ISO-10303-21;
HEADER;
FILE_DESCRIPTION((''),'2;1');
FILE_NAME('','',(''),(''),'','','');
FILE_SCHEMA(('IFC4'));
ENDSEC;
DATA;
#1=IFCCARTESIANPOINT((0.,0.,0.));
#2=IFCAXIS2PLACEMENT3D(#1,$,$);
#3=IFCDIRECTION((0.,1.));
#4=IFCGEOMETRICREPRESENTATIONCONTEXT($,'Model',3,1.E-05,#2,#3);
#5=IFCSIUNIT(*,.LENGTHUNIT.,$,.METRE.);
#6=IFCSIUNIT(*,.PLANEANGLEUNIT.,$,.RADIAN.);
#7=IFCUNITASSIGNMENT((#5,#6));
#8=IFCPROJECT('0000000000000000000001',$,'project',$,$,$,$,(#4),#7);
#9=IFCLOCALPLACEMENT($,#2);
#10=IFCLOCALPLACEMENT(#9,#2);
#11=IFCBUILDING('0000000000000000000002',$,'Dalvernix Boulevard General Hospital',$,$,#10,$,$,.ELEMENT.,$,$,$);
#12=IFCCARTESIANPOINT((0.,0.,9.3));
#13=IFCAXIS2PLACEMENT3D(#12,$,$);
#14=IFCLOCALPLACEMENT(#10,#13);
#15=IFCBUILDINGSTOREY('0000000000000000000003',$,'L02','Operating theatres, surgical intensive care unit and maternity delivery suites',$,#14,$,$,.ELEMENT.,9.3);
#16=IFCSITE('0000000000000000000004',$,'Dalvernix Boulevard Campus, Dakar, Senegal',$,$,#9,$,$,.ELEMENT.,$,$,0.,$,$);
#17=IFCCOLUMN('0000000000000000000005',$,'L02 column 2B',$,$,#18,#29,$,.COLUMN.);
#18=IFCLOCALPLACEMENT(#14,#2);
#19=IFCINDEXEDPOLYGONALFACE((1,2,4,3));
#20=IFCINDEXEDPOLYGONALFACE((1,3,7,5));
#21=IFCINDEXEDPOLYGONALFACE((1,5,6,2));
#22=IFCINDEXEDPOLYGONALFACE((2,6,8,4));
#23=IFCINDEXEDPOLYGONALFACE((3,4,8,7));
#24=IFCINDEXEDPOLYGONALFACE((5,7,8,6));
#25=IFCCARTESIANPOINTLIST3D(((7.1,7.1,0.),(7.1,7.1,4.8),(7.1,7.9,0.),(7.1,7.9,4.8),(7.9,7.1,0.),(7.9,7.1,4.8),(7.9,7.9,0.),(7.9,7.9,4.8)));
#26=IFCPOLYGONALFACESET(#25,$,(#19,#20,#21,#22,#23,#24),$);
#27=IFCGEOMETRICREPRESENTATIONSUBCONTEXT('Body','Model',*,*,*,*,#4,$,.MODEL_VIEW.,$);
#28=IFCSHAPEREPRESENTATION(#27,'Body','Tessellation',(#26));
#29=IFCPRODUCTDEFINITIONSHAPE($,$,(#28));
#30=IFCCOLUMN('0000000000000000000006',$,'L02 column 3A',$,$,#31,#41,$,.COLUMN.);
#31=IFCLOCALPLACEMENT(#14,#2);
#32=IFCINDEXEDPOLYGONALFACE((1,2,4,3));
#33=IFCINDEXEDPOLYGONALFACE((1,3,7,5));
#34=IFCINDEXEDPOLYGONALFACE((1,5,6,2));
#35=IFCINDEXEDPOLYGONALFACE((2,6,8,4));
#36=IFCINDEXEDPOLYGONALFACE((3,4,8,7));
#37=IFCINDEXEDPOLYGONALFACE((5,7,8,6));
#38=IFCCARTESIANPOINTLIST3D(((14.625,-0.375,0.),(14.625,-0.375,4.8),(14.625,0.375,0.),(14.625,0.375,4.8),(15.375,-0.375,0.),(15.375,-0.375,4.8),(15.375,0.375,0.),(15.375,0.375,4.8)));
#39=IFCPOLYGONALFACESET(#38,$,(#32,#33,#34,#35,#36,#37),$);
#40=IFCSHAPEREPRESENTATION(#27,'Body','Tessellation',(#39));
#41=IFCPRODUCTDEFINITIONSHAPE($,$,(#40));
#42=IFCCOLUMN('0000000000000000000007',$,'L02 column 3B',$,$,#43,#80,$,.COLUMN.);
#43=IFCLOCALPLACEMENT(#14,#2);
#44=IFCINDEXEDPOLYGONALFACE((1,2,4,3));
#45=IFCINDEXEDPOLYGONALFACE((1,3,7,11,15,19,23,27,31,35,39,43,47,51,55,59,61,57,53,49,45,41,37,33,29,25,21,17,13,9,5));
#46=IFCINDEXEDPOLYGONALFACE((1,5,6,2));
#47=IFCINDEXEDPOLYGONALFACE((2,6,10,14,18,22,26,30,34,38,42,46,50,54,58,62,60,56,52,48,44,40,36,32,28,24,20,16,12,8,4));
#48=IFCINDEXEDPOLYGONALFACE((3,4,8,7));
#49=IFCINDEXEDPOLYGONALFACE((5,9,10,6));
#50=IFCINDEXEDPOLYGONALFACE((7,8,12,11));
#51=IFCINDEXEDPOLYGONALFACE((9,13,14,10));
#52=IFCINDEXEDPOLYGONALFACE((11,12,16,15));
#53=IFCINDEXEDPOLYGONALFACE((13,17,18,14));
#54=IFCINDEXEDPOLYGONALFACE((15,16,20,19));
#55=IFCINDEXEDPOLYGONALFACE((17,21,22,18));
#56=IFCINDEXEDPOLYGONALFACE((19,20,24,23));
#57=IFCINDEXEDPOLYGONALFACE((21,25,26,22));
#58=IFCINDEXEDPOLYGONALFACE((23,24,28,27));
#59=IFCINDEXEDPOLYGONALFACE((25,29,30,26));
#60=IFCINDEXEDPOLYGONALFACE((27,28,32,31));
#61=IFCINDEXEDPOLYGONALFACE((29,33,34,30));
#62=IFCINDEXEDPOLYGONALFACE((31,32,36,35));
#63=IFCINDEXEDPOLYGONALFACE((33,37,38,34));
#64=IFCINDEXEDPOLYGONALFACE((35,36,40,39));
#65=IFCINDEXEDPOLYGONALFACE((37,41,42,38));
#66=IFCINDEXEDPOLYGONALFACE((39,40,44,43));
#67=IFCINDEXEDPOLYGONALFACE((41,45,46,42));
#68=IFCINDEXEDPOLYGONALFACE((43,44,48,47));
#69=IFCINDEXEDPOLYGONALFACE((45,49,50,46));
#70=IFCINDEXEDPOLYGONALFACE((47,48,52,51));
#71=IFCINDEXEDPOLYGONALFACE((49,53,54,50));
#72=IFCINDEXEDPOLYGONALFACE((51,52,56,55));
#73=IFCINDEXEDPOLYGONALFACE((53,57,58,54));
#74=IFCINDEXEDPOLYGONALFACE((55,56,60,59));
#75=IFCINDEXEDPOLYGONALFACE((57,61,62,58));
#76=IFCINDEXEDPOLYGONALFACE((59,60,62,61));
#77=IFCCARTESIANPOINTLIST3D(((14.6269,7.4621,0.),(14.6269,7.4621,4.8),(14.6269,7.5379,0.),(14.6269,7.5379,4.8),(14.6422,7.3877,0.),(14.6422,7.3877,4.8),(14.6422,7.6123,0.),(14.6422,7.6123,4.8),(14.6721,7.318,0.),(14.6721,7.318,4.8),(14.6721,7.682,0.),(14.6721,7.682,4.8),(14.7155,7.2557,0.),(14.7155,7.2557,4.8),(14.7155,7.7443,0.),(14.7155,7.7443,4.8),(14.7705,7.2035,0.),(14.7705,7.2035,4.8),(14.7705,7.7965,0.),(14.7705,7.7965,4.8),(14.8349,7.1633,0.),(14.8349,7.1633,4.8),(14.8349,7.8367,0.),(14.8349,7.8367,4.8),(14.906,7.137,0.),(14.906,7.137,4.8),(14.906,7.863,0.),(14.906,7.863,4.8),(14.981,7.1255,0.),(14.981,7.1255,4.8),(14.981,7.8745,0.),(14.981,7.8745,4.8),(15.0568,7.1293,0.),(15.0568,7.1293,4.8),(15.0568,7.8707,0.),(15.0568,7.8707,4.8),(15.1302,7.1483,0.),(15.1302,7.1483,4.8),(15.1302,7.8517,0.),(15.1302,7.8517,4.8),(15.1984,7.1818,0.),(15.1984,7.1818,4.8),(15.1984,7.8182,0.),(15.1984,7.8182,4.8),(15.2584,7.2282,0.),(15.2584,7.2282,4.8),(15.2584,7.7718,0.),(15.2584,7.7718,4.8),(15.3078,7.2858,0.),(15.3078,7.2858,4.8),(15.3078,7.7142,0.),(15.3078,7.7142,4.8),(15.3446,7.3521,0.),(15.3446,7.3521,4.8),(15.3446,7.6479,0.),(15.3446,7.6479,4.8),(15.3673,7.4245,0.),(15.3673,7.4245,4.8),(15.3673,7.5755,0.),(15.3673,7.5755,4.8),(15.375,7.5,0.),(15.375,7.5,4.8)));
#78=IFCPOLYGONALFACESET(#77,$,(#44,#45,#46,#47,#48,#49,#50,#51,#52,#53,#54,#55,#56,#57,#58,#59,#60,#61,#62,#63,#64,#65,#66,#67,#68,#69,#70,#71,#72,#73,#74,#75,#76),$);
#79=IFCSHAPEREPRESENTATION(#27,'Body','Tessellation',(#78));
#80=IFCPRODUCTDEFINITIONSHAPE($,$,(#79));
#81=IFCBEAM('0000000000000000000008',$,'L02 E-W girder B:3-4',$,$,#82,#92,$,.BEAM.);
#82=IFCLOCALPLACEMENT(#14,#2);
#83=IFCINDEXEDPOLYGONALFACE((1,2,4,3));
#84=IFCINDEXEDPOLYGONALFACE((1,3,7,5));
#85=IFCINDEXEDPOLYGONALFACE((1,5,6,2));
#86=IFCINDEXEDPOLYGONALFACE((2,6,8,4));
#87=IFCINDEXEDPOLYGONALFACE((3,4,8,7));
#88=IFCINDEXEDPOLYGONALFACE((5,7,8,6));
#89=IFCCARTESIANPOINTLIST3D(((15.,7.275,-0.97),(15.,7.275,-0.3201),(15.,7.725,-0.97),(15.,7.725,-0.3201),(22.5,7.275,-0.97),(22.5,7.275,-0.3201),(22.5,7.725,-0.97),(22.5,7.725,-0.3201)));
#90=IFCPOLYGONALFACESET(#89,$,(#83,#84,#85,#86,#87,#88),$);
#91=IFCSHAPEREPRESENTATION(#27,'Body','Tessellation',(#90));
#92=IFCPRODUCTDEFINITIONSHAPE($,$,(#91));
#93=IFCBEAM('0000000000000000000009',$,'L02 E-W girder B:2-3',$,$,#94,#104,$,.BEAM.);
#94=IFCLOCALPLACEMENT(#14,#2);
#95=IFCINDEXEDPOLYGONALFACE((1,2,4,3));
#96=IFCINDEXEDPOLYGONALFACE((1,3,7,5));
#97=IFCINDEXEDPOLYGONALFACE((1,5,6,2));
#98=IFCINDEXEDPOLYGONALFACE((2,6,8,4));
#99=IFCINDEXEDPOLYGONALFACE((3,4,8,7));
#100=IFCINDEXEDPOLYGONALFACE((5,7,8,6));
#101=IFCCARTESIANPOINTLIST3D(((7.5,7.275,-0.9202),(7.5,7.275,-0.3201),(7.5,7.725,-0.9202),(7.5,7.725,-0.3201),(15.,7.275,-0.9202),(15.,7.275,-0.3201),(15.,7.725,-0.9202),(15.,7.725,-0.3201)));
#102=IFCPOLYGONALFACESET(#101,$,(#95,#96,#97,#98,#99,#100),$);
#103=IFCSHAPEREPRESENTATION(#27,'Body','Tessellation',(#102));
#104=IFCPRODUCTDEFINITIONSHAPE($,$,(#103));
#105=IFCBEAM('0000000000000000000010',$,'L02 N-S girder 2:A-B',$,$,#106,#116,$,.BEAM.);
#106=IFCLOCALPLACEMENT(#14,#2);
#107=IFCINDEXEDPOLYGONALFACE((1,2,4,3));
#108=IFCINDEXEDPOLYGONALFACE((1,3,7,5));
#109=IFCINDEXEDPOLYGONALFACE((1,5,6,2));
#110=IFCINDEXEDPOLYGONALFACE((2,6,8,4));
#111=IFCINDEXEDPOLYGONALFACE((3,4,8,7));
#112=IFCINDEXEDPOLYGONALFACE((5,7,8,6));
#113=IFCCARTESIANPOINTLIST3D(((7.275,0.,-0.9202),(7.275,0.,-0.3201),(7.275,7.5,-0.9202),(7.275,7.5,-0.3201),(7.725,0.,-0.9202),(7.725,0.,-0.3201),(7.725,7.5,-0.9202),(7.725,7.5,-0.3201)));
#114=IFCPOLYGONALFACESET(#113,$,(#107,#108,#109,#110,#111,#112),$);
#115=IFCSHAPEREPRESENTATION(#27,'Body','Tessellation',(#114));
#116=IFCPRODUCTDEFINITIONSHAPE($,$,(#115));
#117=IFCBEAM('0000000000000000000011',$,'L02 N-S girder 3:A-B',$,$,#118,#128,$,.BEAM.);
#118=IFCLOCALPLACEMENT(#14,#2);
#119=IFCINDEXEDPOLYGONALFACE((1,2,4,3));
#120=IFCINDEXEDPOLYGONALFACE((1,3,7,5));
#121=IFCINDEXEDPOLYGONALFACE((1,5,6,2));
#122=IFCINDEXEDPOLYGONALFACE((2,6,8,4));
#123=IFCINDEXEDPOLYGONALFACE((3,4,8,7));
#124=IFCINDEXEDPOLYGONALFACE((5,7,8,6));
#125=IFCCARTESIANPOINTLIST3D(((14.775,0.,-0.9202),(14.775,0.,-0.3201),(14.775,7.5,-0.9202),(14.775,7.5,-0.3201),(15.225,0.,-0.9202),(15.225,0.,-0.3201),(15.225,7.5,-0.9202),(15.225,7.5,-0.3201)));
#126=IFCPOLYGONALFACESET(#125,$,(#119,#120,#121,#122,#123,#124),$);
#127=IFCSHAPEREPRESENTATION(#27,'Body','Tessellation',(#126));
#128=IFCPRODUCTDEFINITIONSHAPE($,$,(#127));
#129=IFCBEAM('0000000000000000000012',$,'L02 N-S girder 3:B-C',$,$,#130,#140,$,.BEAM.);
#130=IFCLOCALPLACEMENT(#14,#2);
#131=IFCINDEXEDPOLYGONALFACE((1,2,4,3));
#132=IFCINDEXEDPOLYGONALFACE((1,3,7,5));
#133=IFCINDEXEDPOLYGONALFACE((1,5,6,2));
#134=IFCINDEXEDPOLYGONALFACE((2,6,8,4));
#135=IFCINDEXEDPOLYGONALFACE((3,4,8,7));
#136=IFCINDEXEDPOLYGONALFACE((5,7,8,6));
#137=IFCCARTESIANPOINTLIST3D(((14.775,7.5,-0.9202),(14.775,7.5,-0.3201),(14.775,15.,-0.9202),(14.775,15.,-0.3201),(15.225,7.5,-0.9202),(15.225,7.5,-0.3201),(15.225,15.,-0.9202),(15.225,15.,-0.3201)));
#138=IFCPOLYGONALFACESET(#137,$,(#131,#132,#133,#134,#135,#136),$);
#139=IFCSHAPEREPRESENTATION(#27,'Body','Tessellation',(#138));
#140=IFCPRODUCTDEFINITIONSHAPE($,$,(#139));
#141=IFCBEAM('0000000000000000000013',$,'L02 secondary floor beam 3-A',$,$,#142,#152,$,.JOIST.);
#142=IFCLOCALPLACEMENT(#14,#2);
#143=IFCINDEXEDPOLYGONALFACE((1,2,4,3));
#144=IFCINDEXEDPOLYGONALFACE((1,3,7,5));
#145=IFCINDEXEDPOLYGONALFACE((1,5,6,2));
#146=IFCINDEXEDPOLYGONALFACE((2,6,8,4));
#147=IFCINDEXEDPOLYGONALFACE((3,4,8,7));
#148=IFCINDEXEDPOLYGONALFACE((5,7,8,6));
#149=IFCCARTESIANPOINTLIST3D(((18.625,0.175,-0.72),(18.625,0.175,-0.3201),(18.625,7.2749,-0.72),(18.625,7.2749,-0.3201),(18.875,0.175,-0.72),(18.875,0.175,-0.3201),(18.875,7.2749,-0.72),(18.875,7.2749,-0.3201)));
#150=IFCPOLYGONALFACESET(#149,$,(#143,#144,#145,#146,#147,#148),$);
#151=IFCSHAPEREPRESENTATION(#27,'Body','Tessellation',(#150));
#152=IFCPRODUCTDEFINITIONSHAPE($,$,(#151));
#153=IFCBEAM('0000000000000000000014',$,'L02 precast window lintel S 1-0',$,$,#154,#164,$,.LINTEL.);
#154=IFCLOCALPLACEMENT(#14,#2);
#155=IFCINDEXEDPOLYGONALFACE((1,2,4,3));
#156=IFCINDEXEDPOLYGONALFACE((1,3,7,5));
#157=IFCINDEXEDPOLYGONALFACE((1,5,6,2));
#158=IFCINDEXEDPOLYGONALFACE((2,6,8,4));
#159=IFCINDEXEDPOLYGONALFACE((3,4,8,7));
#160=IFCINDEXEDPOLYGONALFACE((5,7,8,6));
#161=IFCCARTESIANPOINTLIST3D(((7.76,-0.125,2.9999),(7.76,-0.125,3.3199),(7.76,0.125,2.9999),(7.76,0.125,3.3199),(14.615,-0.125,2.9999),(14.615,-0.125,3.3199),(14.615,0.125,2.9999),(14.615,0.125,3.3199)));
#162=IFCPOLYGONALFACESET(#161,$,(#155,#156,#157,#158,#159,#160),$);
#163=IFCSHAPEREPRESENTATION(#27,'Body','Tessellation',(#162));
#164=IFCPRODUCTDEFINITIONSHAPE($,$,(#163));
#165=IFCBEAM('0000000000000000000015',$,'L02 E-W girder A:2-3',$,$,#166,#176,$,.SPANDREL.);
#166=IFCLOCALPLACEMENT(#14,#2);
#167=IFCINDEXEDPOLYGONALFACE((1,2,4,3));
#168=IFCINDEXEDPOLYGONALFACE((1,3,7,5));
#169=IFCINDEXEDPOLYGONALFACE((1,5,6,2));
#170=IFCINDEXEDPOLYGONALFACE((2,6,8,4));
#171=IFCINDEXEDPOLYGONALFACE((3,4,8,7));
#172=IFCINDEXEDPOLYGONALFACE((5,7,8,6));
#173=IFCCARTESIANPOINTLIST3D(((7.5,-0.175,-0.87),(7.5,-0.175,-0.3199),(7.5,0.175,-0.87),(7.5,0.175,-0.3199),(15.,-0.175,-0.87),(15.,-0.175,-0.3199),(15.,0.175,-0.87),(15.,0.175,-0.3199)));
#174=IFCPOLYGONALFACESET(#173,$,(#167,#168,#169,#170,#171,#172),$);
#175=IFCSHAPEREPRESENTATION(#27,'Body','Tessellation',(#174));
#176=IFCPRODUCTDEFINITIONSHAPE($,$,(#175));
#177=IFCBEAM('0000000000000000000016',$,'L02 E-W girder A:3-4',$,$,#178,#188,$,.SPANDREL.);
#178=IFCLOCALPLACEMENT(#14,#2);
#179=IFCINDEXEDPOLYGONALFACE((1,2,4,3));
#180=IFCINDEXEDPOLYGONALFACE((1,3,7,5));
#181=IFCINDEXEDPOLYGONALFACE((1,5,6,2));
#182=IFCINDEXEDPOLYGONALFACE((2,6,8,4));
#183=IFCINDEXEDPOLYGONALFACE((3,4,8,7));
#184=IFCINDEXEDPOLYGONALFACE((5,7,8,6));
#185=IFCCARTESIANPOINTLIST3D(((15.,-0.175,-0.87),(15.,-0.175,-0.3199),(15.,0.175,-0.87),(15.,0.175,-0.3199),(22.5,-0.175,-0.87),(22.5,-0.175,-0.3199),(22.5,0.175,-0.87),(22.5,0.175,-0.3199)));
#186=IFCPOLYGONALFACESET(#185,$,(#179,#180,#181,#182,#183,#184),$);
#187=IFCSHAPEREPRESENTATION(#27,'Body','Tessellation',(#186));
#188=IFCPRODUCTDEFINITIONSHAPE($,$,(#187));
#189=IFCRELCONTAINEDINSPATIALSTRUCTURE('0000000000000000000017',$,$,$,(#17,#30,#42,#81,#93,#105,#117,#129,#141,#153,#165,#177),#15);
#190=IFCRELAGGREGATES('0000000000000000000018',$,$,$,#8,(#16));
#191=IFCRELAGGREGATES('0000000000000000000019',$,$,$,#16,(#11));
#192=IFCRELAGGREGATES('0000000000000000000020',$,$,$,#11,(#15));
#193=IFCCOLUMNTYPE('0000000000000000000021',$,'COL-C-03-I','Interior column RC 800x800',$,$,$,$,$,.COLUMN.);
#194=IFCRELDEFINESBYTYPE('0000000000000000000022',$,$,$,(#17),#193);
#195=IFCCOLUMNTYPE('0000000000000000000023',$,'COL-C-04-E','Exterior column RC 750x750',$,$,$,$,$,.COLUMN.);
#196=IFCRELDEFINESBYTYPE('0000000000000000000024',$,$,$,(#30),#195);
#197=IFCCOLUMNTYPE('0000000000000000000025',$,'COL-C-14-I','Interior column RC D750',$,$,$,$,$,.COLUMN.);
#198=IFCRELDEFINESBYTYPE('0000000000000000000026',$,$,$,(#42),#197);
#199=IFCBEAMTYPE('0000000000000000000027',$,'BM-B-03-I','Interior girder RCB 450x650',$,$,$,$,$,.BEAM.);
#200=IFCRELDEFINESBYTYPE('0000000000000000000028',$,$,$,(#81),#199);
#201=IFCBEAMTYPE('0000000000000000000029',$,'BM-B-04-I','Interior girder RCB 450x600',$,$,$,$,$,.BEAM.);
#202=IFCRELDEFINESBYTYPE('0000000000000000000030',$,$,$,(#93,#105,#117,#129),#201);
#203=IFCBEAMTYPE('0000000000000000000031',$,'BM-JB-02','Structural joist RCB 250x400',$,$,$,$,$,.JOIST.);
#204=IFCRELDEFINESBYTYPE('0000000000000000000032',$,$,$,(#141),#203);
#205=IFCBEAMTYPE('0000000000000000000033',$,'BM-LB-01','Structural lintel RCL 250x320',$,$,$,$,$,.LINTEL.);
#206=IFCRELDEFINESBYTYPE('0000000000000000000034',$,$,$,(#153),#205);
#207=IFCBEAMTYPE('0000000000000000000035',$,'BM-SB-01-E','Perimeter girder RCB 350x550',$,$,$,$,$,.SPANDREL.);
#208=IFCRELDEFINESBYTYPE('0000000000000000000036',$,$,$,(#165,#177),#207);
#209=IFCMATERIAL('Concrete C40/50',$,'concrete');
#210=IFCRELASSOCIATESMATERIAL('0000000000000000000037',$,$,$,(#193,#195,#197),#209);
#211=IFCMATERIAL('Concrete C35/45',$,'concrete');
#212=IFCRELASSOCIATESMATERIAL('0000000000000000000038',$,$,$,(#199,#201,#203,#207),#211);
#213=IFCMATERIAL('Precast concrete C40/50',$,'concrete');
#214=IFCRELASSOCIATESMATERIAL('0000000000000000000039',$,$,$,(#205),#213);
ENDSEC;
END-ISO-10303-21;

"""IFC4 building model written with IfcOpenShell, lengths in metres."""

from ifc_helpers import new_model, si_unit, direction, frame, origin, origin_2d, place, context, subcontext, project, spatial, rectangle, circle, extrude, material, material_profile, profile_set, type_object, element, save


model = new_model("IFC4")

# Units and contexts
model_context = context("Model", 3, precision=1e-05, world=origin(), true_north=direction((0.0, 1.0)))
body_context = subcontext(model_context, "Body", "Model", "MODEL_VIEW")
ifc_project = project(units=[si_unit("LENGTHUNIT", "METRE"), si_unit("PLANEANGLEUNIT", "RADIAN")], contexts=[model_context])

# Site, building, storey
site_placement = place(None, origin())
site = spatial("IfcSite", under=ifc_project, at=site_placement, Name="Dalvernix Boulevard Campus, Dakar, Senegal", CompositionType="ELEMENT", RefElevation=0.0)
building_placement = place(site_placement, origin())
building = spatial("IfcBuilding", under=site, at=building_placement, Name="Dalvernix Boulevard General Hospital", CompositionType="ELEMENT")
storey_placement = place(building_placement, frame((0.0, 0.0, 9.3)))
storey = spatial("IfcBuildingStorey", under=building, at=storey_placement, Name="L02", Description="Operating theatres, surgical intensive care unit and maternity delivery suites", CompositionType="ELEMENT", Elevation=9.3)

# Columns
ifc_material_1 = material(Name="Concrete C40/50", Category="concrete")
ifc_material_profile_1 = material_profile(ifc_material_1, rectangle(XDim=0.8, YDim=0.8, at=origin_2d()), Name="RC 800x800")
ifc_profile_set_1 = profile_set([ifc_material_profile_1], Name="Concrete C40/50")
column_type_1 = type_object("IfcColumnType", Name="COL-C-03-I", Description="Interior column RC 800x800", PredefinedType="COLUMN", material=ifc_profile_set_1)
column_1_placement = place(storey_placement, frame((7.5, 7.5, 0.0), z_axis=(0.0, 0.0, 1.0), x_axis=(1.0, 0.0, 0.0)))
element("IfcColumn", 1, at=column_1_placement, inside=storey, type_object=column_type_1, Name="L02 column 2B", PredefinedType="COLUMN", context=body_context, shape_type="SweptSolid", body=[
    extrude(rectangle(XDim=0.8, YDim=0.8, at=origin_2d()), origin(), (0.0, 0.0, 1.0), 4.8),
])
ifc_material_profile_2 = material_profile(ifc_material_1, rectangle(XDim=0.75, YDim=0.75, at=origin_2d()), Name="RC 750x750")
ifc_profile_set_2 = profile_set([ifc_material_profile_2], Name="Concrete C40/50")
column_type_2 = type_object("IfcColumnType", Name="COL-C-04-E", Description="Exterior column RC 750x750", PredefinedType="COLUMN", material=ifc_profile_set_2)
column_2_placement = place(storey_placement, frame((15.0, 0.0, 0.0), z_axis=(0.0, 0.0, 1.0), x_axis=(1.0, 0.0, 0.0)))
element("IfcColumn", 2, at=column_2_placement, inside=storey, type_object=column_type_2, Name="L02 column 3A", PredefinedType="COLUMN", context=body_context, shape_type="SweptSolid", body=[
    extrude(rectangle(XDim=0.75, YDim=0.75, at=origin_2d()), origin(), (0.0, 0.0, 1.0), 4.8),
])
ifc_material_profile_3 = material_profile(ifc_material_1, circle(Radius=0.375, at=origin_2d()), Name="RC D750")
ifc_profile_set_3 = profile_set([ifc_material_profile_3], Name="Concrete C40/50")
column_type_3 = type_object("IfcColumnType", Name="COL-C-14-I", Description="Interior column RC D750", PredefinedType="COLUMN", material=ifc_profile_set_3)
column_3_placement = place(storey_placement, frame((15.0, 7.5, 0.0), z_axis=(0.0, 0.0, 1.0), x_axis=(1.0, 0.0, 0.0)))
element("IfcColumn", 3, at=column_3_placement, inside=storey, type_object=column_type_3, Name="L02 column 3B", PredefinedType="COLUMN", context=body_context, shape_type="SweptSolid", body=[
    extrude(circle(Radius=0.375, at=origin_2d()), origin(), (0.0, 0.0, 1.0), 4.8),
])

# Beams
ifc_material_2 = material(Name="Concrete C35/45", Category="concrete")
ifc_material_profile_4 = material_profile(ifc_material_2, rectangle(XDim=0.45, YDim=0.6499, at=origin_2d()), Name="RCB 450x650")
ifc_profile_set_4 = profile_set([ifc_material_profile_4], Name="Concrete C35/45")
beam_type_1 = type_object("IfcBeamType", Name="BM-B-03-I", Description="Interior girder RCB 450x650", PredefinedType="BEAM", material=ifc_profile_set_4)
beam_1_placement = place(storey_placement, frame((15.0, 7.5, -0.645), z_axis=(1.0, 0.0, 0.0), x_axis=(0.0, 1.0, 0.0)))
element("IfcBeam", 4, at=beam_1_placement, inside=storey, type_object=beam_type_1, Name="L02 E-W girder B:3-4", PredefinedType="BEAM", context=body_context, shape_type="SweptSolid", body=[
    extrude(rectangle(XDim=0.45, YDim=0.6499, at=origin_2d()), origin(), (0.0, 0.0, 1.0), 7.5),
])
ifc_material_profile_5 = material_profile(ifc_material_2, rectangle(XDim=0.45, YDim=0.6001, at=origin_2d()), Name="RCB 450x600")
ifc_profile_set_5 = profile_set([ifc_material_profile_5], Name="Concrete C35/45")
beam_type_2 = type_object("IfcBeamType", Name="BM-B-04-I", Description="Interior girder RCB 450x600", PredefinedType="BEAM", material=ifc_profile_set_5)
for number, where, z_axis, x_axis, name in (
    (5, (7.5, 7.5, -0.6201), (1.0, 0.0, 0.0), (0.0, 1.0, 0.0), "L02 E-W girder B:2-3"),
    (6, (7.5, 0.0, -0.6201), (0.0, 1.0, 0.0), (-1.0, 0.0, 0.0), "L02 N-S girder 2:A-B"),
    (7, (15.0, 0.0, -0.6201), (0.0, 1.0, 0.0), (-1.0, 0.0, 0.0), "L02 N-S girder 3:A-B"),
    (8, (15.0, 7.5, -0.6201), (0.0, 1.0, 0.0), (-1.0, 0.0, 0.0), "L02 N-S girder 3:B-C"),
):
    element("IfcBeam", number, at=place(storey_placement, frame(where, z_axis=z_axis, x_axis=x_axis)), inside=storey, type_object=beam_type_2, Name=name, PredefinedType="BEAM", context=body_context, shape_type="SweptSolid", body=[
        extrude(rectangle(XDim=0.45, YDim=0.6001, at=origin_2d()), origin(), (0.0, 0.0, 1.0), 7.5),
    ])
ifc_material_profile_6 = material_profile(ifc_material_2, rectangle(XDim=0.25, YDim=0.3999, at=origin_2d()), Name="RCB 250x400")
ifc_profile_set_6 = profile_set([ifc_material_profile_6], Name="Concrete C35/45")
beam_type_3 = type_object("IfcBeamType", Name="BM-JB-02", Description="Structural joist RCB 250x400", PredefinedType="JOIST", material=ifc_profile_set_6)
beam_2_placement = place(storey_placement, frame((18.75, 0.175, -0.52), z_axis=(0.0, 1.0, 0.0), x_axis=(-1.0, 0.0, 0.0)))
element("IfcBeam", 9, at=beam_2_placement, inside=storey, type_object=beam_type_3, Name="L02 secondary floor beam 3-A", PredefinedType="JOIST", context=body_context, shape_type="SweptSolid", body=[
    extrude(rectangle(XDim=0.25, YDim=0.3999, at=origin_2d()), origin(), (0.0, 0.0, 1.0), 7.0999),
])
ifc_material_3 = material(Name="Precast concrete C40/50", Category="concrete")
ifc_material_profile_7 = material_profile(ifc_material_3, rectangle(XDim=0.25, YDim=0.3201, at=origin_2d()), Name="RCL 250x320")
ifc_profile_set_7 = profile_set([ifc_material_profile_7], Name="Precast concrete C40/50")
beam_type_4 = type_object("IfcBeamType", Name="BM-LB-01", Description="Structural lintel RCL 250x320", PredefinedType="LINTEL", material=ifc_profile_set_7)
beam_3_placement = place(storey_placement, frame((14.615, 0.0, 3.1599), z_axis=(-1.0, 0.0, 0.0), x_axis=(0.0, -1.0, 0.0)))
element("IfcBeam", 10, at=beam_3_placement, inside=storey, type_object=beam_type_4, Name="L02 precast window lintel S 1-0", PredefinedType="LINTEL", context=body_context, shape_type="SweptSolid", body=[
    extrude(rectangle(XDim=0.25, YDim=0.3201, at=origin_2d()), origin(), (0.0, 0.0, 1.0), 6.855),
])
ifc_material_profile_8 = material_profile(ifc_material_2, rectangle(XDim=0.3501, YDim=0.55, at=origin_2d()), Name="RCB 350x550")
ifc_profile_set_8 = profile_set([ifc_material_profile_8], Name="Concrete C35/45")
beam_type_5 = type_object("IfcBeamType", Name="BM-SB-01-E", Description="Perimeter girder RCB 350x550", PredefinedType="SPANDREL", material=ifc_profile_set_8)
for number, where, z_axis, x_axis, name in (
    (11, (7.5, 0.0, -0.595), (1.0, 0.0, 0.0), (0.0, 1.0, 0.0), "L02 E-W girder A:2-3"),
    (12, (15.0, 0.0, -0.595), (1.0, 0.0, 0.0), (0.0, 1.0, 0.0), "L02 E-W girder A:3-4"),
):
    element("IfcBeam", number, at=place(storey_placement, frame(where, z_axis=z_axis, x_axis=x_axis)), inside=storey, type_object=beam_type_5, Name=name, PredefinedType="SPANDREL", context=body_context, shape_type="SweptSolid", body=[
        extrude(rectangle(XDim=0.3501, YDim=0.55, at=origin_2d()), origin(), (0.0, 0.0, 1.0), 7.5),
    ])

save(model, "model.ifc")
